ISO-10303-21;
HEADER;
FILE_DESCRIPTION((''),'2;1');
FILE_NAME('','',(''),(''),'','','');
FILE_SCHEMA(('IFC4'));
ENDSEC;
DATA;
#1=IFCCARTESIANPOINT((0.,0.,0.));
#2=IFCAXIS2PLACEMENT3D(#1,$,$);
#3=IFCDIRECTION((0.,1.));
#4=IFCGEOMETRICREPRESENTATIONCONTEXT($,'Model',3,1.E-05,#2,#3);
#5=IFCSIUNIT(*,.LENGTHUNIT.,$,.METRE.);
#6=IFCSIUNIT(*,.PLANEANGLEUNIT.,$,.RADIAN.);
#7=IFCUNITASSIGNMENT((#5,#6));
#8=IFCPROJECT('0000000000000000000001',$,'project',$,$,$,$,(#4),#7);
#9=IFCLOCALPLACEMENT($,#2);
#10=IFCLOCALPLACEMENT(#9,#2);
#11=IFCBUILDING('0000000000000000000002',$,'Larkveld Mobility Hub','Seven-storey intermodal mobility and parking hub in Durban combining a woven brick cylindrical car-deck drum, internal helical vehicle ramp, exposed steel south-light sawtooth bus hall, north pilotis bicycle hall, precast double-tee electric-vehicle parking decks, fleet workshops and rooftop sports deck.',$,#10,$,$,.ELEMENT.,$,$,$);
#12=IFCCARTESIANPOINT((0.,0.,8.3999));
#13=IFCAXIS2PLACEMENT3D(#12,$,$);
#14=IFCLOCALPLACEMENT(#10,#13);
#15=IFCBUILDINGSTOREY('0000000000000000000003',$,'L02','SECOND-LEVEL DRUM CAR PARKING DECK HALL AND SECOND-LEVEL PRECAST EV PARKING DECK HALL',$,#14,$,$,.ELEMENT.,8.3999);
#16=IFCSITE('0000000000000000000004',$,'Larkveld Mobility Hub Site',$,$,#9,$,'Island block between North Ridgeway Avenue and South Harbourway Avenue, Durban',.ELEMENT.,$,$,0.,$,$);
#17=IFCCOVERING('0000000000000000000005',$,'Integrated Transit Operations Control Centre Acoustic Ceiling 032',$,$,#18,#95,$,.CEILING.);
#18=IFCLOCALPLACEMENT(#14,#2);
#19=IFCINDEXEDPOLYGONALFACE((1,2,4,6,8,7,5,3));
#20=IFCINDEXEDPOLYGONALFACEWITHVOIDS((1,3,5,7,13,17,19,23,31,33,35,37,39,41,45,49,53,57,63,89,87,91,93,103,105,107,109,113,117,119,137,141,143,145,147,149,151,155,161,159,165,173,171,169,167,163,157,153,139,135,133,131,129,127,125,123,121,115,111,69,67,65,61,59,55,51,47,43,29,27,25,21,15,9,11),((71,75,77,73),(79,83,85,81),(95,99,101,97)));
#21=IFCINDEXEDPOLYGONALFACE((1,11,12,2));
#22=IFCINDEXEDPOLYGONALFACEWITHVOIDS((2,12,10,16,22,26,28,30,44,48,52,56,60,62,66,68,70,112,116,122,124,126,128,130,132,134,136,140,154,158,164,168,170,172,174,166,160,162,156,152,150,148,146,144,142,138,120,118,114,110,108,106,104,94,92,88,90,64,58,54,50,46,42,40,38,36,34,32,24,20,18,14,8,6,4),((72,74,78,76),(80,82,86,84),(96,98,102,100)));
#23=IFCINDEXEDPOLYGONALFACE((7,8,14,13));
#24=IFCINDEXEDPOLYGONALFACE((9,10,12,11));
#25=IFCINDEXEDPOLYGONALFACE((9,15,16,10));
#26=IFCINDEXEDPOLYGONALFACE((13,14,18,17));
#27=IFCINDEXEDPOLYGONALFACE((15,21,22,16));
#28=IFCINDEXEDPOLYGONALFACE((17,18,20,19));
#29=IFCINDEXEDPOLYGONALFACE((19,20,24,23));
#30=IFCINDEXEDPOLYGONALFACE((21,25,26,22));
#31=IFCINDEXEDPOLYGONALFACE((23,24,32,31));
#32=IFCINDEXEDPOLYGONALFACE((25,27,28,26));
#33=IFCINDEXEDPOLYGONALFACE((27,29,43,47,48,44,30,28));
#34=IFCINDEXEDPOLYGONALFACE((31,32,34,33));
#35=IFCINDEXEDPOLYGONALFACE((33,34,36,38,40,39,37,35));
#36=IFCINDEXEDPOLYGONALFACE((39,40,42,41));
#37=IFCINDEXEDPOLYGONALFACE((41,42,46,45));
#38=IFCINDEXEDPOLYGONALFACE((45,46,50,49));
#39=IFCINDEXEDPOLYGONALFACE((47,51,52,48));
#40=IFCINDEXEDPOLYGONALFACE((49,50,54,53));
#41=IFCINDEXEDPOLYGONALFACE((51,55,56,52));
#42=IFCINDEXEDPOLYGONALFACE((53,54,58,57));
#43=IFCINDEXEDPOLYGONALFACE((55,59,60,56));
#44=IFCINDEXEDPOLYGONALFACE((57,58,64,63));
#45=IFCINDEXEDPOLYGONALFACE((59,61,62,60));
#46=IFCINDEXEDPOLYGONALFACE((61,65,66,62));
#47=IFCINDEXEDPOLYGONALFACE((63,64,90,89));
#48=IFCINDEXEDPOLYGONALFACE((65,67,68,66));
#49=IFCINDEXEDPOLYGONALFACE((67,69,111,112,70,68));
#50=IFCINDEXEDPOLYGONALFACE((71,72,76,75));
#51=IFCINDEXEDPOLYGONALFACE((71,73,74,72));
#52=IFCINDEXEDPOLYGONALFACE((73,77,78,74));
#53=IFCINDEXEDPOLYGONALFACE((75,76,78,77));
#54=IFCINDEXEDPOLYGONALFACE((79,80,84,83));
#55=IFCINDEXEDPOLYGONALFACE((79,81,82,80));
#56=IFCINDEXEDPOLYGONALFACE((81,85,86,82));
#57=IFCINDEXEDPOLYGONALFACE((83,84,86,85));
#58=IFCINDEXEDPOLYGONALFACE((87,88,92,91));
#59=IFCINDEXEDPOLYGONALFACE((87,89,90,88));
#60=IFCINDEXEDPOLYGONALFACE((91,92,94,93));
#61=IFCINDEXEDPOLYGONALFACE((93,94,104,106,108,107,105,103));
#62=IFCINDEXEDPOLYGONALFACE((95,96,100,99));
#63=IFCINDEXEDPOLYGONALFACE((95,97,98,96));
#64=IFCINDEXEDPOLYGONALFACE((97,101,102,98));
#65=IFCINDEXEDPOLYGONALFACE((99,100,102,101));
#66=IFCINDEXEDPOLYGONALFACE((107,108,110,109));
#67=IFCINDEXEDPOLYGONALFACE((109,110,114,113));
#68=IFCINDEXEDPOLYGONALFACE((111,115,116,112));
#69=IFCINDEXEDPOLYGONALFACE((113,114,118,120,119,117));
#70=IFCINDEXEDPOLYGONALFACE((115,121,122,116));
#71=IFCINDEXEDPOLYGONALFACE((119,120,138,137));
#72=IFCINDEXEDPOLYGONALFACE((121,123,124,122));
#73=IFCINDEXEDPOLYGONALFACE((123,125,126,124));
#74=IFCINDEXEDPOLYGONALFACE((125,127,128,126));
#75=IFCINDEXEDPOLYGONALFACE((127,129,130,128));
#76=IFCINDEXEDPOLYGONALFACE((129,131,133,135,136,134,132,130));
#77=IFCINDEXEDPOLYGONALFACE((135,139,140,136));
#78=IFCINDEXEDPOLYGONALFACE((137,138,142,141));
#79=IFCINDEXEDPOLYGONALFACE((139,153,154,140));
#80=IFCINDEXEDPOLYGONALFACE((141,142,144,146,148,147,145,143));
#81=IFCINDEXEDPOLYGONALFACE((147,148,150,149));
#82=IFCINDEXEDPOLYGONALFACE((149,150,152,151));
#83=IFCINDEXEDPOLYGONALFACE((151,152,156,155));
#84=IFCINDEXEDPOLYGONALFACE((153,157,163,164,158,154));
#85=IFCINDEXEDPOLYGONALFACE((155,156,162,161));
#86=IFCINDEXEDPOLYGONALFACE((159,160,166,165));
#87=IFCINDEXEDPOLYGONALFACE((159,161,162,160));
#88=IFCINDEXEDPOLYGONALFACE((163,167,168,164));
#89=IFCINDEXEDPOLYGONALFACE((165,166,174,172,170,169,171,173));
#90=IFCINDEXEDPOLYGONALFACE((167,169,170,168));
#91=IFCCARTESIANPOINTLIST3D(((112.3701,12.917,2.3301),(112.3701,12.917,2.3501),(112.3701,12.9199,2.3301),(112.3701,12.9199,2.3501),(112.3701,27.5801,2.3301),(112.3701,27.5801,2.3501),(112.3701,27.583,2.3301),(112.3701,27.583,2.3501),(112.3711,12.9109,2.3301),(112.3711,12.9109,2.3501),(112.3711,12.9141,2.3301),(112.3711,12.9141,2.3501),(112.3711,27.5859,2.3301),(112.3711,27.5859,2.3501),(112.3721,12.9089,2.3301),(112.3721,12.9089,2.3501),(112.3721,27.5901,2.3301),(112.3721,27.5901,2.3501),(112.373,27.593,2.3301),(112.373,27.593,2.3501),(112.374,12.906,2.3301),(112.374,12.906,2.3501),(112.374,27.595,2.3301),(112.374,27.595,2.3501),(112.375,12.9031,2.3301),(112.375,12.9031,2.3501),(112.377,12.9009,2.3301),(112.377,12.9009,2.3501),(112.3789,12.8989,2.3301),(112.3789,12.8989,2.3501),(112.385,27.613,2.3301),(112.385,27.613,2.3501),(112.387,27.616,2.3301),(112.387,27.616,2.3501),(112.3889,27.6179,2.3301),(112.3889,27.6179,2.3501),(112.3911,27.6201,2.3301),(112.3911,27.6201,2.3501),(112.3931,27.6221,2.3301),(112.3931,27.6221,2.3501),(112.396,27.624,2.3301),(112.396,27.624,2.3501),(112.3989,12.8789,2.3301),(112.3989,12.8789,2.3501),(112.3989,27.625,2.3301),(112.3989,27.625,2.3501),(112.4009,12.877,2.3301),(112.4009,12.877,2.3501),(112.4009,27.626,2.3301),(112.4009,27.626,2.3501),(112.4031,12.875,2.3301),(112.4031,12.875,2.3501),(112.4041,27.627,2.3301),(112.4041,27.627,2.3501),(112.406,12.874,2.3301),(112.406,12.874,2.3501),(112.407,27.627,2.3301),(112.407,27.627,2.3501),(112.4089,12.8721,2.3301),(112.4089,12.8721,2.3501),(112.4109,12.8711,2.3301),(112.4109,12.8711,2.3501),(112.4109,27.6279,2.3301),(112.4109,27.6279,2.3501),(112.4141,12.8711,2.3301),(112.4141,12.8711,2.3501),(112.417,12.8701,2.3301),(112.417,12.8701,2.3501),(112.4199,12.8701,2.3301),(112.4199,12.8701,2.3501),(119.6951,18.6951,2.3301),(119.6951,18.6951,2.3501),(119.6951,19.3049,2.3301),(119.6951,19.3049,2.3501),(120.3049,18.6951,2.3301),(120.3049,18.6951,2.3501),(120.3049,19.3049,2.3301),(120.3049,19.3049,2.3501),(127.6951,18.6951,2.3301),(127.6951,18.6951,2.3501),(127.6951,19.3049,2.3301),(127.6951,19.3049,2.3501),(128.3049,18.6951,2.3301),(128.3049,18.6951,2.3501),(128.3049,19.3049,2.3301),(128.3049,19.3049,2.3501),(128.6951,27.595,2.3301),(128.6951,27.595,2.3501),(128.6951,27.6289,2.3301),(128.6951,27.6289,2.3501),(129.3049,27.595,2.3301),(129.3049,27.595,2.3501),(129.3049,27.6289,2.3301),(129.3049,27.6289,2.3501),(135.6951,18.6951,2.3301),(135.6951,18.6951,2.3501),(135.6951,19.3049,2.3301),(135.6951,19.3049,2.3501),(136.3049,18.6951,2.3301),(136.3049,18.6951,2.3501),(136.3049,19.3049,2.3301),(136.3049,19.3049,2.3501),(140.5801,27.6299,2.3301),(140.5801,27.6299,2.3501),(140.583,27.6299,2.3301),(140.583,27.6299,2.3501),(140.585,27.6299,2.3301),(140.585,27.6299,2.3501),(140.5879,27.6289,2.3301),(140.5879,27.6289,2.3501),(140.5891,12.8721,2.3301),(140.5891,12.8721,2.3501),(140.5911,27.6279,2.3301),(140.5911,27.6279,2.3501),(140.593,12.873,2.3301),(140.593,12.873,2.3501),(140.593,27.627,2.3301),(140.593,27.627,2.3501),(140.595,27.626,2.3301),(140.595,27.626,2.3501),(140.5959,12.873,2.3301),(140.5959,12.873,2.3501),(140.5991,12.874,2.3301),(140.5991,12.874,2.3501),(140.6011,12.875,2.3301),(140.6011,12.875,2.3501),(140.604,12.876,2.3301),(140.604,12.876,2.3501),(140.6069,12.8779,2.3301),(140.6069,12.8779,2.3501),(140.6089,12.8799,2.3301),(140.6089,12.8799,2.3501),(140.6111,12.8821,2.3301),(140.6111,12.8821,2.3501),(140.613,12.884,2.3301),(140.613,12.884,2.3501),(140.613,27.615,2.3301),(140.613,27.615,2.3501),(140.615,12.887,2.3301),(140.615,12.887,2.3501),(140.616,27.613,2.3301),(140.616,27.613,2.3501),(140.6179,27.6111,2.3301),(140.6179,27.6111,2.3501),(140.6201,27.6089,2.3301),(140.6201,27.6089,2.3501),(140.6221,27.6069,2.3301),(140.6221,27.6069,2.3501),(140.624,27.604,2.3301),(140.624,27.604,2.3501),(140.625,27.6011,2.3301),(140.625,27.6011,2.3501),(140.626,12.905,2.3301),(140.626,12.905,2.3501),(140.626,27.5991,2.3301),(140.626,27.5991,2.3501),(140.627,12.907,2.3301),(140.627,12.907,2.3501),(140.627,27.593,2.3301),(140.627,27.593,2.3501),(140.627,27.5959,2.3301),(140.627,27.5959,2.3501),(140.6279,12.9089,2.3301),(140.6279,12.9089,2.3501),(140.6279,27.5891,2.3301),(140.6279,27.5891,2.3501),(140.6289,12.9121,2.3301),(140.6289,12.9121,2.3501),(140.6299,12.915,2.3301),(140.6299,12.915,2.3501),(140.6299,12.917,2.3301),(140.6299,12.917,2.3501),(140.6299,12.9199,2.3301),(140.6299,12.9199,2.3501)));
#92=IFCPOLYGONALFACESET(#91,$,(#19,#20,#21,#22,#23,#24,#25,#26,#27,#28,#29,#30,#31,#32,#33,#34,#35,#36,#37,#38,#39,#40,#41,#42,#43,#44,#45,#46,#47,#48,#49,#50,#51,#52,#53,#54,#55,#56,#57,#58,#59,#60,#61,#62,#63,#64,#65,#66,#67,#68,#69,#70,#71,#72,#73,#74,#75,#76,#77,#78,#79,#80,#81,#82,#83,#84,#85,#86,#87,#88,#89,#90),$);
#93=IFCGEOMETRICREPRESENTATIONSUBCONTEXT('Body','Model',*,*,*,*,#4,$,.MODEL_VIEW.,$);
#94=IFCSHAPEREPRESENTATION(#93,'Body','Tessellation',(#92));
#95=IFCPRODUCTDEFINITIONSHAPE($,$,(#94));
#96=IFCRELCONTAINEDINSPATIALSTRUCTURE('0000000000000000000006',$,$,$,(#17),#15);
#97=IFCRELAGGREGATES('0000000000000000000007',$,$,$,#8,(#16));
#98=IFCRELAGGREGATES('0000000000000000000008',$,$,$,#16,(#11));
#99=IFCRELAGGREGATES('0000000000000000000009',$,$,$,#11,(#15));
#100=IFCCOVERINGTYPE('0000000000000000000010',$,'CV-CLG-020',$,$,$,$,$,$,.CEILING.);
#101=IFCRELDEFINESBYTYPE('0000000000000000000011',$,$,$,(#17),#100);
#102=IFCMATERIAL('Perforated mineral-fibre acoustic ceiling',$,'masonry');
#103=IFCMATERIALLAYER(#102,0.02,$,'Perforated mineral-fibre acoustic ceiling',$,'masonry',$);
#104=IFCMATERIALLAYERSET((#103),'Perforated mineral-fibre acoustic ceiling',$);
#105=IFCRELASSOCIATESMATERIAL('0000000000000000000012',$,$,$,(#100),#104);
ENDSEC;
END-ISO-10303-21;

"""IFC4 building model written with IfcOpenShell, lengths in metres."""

from ifc_helpers import new_model, si_unit, direction, frame, origin, place, context, subcontext, project, spatial, polyline, outline, extrude, material, layer, layer_set, type_object, element, save


model = new_model("IFC4")

# Units and contexts
model_context = context("Model", 3, precision=1e-05, world=origin(), true_north=direction((0.0, 1.0)))
body_context = subcontext(model_context, "Body", "Model", "MODEL_VIEW")
ifc_project = project(units=[si_unit("LENGTHUNIT", "METRE"), si_unit("PLANEANGLEUNIT", "RADIAN")], contexts=[model_context])

# Site, building, storey
site_placement = place(None, origin())
site = spatial("IfcSite", under=ifc_project, at=site_placement, Name="Larkveld Mobility Hub Site", LongName="Island block between North Ridgeway Avenue and South Harbourway Avenue, Durban", CompositionType="ELEMENT", RefElevation=0.0)
building_placement = place(site_placement, origin())
building = spatial("IfcBuilding", under=site, at=building_placement, Name="Larkveld Mobility Hub", Description="Seven-storey intermodal mobility and parking hub in Durban combining a woven brick cylindrical car-deck drum, internal helical vehicle ramp, exposed steel south-light sawtooth bus hall, north pilotis bicycle hall, precast double-tee electric-vehicle parking decks, fleet workshops and rooftop sports deck.", CompositionType="ELEMENT")
storey_placement = place(building_placement, frame((0.0, 0.0, 8.3999)))
storey = spatial("IfcBuildingStorey", under=building, at=storey_placement, Name="L02", Description="SECOND-LEVEL DRUM CAR PARKING DECK HALL AND SECOND-LEVEL PRECAST EV PARKING DECK HALL", CompositionType="ELEMENT", Elevation=8.3999)

# Covering
ifc_material_1 = material(Name="Perforated mineral-fibre acoustic ceiling", Category="masonry")
ifc_layer_1 = layer(ifc_material_1, 0.02, Name="Perforated mineral-fibre acoustic ceiling", Category="masonry")
ifc_layer_set_1 = layer_set([ifc_layer_1], Name="Perforated mineral-fibre acoustic ceiling")
covering_type_1 = type_object("IfcCoveringType", Name="CV-CLG-020", PredefinedType="CEILING", material=ifc_layer_set_1)
covering_1_placement = place(storey_placement, frame((0.0, 0.0, 2.3301)))
element("IfcCovering", 1, at=covering_1_placement, inside=storey, type_object=covering_type_1, Name="Integrated Transit Operations Control Centre Acoustic Ceiling 032", PredefinedType="CEILING", context=body_context, shape_type="SweptSolid", body=[
    extrude(outline(polyline([(112.417, 12.8701), (112.4141, 12.8711), (112.4109, 12.8711), (112.4089, 12.8721), (112.406, 12.874), (112.4031, 12.875), (112.4009, 12.877), (112.3989, 12.8789), (112.3789, 12.8989), (112.377, 12.9009), (112.375, 12.9031), (112.374, 12.906), (112.3721, 12.9089), (112.3711, 12.9109), (112.3711, 12.9141), (112.3701, 12.917), (112.3701, 12.9199), (112.3701, 27.5801), (112.3701, 27.583), (112.3711, 27.5859), (112.3721, 27.5901), (112.373, 27.593), (112.374, 27.595), (112.385, 27.613), (112.387, 27.616), (112.3889, 27.6179), (112.3911, 27.6201), (112.3931, 27.6221), (112.396, 27.624), (112.3989, 27.625), (112.4009, 27.626), (112.4041, 27.627), (112.407, 27.627), (112.4109, 27.6279), (128.6951, 27.6289), (128.6951, 27.595), (129.3049, 27.595), (129.3049, 27.6289), (140.5801, 27.6299), (140.583, 27.6299), (140.585, 27.6299), (140.5879, 27.6289), (140.5911, 27.6279), (140.593, 27.627), (140.595, 27.626), (140.613, 27.615), (140.616, 27.613), (140.6179, 27.6111), (140.6201, 27.6089), (140.6221, 27.6069), (140.624, 27.604), (140.625, 27.6011), (140.626, 27.5991), (140.627, 27.5959), (140.627, 27.593), (140.6279, 27.5891), (140.6299, 12.9199), (140.6299, 12.917), (140.6299, 12.915), (140.6289, 12.9121), (140.6279, 12.9089), (140.627, 12.907), (140.626, 12.905), (140.615, 12.887), (140.613, 12.884), (140.6111, 12.8821), (140.6089, 12.8799), (140.6069, 12.8779), (140.604, 12.876), (140.6011, 12.875), (140.5991, 12.874), (140.5959, 12.873), (140.593, 12.873), (140.5891, 12.8721), (112.4199, 12.8701), (112.417, 12.8701)]), holes=[polyline([(119.6951, 19.3049), (119.6951, 18.6951), (120.3049, 18.6951), (120.3049, 19.3049), (119.6951, 19.3049)]), polyline([(127.6951, 19.3049), (127.6951, 18.6951), (128.3049, 18.6951), (128.3049, 19.3049), (127.6951, 19.3049)]), polyline([(135.6951, 19.3049), (135.6951, 18.6951), (136.3049, 18.6951), (136.3049, 19.3049), (135.6951, 19.3049)])]), origin(), (0.0, 0.0, 1.0), 0.02),
])

save(model, "model.ifc")
